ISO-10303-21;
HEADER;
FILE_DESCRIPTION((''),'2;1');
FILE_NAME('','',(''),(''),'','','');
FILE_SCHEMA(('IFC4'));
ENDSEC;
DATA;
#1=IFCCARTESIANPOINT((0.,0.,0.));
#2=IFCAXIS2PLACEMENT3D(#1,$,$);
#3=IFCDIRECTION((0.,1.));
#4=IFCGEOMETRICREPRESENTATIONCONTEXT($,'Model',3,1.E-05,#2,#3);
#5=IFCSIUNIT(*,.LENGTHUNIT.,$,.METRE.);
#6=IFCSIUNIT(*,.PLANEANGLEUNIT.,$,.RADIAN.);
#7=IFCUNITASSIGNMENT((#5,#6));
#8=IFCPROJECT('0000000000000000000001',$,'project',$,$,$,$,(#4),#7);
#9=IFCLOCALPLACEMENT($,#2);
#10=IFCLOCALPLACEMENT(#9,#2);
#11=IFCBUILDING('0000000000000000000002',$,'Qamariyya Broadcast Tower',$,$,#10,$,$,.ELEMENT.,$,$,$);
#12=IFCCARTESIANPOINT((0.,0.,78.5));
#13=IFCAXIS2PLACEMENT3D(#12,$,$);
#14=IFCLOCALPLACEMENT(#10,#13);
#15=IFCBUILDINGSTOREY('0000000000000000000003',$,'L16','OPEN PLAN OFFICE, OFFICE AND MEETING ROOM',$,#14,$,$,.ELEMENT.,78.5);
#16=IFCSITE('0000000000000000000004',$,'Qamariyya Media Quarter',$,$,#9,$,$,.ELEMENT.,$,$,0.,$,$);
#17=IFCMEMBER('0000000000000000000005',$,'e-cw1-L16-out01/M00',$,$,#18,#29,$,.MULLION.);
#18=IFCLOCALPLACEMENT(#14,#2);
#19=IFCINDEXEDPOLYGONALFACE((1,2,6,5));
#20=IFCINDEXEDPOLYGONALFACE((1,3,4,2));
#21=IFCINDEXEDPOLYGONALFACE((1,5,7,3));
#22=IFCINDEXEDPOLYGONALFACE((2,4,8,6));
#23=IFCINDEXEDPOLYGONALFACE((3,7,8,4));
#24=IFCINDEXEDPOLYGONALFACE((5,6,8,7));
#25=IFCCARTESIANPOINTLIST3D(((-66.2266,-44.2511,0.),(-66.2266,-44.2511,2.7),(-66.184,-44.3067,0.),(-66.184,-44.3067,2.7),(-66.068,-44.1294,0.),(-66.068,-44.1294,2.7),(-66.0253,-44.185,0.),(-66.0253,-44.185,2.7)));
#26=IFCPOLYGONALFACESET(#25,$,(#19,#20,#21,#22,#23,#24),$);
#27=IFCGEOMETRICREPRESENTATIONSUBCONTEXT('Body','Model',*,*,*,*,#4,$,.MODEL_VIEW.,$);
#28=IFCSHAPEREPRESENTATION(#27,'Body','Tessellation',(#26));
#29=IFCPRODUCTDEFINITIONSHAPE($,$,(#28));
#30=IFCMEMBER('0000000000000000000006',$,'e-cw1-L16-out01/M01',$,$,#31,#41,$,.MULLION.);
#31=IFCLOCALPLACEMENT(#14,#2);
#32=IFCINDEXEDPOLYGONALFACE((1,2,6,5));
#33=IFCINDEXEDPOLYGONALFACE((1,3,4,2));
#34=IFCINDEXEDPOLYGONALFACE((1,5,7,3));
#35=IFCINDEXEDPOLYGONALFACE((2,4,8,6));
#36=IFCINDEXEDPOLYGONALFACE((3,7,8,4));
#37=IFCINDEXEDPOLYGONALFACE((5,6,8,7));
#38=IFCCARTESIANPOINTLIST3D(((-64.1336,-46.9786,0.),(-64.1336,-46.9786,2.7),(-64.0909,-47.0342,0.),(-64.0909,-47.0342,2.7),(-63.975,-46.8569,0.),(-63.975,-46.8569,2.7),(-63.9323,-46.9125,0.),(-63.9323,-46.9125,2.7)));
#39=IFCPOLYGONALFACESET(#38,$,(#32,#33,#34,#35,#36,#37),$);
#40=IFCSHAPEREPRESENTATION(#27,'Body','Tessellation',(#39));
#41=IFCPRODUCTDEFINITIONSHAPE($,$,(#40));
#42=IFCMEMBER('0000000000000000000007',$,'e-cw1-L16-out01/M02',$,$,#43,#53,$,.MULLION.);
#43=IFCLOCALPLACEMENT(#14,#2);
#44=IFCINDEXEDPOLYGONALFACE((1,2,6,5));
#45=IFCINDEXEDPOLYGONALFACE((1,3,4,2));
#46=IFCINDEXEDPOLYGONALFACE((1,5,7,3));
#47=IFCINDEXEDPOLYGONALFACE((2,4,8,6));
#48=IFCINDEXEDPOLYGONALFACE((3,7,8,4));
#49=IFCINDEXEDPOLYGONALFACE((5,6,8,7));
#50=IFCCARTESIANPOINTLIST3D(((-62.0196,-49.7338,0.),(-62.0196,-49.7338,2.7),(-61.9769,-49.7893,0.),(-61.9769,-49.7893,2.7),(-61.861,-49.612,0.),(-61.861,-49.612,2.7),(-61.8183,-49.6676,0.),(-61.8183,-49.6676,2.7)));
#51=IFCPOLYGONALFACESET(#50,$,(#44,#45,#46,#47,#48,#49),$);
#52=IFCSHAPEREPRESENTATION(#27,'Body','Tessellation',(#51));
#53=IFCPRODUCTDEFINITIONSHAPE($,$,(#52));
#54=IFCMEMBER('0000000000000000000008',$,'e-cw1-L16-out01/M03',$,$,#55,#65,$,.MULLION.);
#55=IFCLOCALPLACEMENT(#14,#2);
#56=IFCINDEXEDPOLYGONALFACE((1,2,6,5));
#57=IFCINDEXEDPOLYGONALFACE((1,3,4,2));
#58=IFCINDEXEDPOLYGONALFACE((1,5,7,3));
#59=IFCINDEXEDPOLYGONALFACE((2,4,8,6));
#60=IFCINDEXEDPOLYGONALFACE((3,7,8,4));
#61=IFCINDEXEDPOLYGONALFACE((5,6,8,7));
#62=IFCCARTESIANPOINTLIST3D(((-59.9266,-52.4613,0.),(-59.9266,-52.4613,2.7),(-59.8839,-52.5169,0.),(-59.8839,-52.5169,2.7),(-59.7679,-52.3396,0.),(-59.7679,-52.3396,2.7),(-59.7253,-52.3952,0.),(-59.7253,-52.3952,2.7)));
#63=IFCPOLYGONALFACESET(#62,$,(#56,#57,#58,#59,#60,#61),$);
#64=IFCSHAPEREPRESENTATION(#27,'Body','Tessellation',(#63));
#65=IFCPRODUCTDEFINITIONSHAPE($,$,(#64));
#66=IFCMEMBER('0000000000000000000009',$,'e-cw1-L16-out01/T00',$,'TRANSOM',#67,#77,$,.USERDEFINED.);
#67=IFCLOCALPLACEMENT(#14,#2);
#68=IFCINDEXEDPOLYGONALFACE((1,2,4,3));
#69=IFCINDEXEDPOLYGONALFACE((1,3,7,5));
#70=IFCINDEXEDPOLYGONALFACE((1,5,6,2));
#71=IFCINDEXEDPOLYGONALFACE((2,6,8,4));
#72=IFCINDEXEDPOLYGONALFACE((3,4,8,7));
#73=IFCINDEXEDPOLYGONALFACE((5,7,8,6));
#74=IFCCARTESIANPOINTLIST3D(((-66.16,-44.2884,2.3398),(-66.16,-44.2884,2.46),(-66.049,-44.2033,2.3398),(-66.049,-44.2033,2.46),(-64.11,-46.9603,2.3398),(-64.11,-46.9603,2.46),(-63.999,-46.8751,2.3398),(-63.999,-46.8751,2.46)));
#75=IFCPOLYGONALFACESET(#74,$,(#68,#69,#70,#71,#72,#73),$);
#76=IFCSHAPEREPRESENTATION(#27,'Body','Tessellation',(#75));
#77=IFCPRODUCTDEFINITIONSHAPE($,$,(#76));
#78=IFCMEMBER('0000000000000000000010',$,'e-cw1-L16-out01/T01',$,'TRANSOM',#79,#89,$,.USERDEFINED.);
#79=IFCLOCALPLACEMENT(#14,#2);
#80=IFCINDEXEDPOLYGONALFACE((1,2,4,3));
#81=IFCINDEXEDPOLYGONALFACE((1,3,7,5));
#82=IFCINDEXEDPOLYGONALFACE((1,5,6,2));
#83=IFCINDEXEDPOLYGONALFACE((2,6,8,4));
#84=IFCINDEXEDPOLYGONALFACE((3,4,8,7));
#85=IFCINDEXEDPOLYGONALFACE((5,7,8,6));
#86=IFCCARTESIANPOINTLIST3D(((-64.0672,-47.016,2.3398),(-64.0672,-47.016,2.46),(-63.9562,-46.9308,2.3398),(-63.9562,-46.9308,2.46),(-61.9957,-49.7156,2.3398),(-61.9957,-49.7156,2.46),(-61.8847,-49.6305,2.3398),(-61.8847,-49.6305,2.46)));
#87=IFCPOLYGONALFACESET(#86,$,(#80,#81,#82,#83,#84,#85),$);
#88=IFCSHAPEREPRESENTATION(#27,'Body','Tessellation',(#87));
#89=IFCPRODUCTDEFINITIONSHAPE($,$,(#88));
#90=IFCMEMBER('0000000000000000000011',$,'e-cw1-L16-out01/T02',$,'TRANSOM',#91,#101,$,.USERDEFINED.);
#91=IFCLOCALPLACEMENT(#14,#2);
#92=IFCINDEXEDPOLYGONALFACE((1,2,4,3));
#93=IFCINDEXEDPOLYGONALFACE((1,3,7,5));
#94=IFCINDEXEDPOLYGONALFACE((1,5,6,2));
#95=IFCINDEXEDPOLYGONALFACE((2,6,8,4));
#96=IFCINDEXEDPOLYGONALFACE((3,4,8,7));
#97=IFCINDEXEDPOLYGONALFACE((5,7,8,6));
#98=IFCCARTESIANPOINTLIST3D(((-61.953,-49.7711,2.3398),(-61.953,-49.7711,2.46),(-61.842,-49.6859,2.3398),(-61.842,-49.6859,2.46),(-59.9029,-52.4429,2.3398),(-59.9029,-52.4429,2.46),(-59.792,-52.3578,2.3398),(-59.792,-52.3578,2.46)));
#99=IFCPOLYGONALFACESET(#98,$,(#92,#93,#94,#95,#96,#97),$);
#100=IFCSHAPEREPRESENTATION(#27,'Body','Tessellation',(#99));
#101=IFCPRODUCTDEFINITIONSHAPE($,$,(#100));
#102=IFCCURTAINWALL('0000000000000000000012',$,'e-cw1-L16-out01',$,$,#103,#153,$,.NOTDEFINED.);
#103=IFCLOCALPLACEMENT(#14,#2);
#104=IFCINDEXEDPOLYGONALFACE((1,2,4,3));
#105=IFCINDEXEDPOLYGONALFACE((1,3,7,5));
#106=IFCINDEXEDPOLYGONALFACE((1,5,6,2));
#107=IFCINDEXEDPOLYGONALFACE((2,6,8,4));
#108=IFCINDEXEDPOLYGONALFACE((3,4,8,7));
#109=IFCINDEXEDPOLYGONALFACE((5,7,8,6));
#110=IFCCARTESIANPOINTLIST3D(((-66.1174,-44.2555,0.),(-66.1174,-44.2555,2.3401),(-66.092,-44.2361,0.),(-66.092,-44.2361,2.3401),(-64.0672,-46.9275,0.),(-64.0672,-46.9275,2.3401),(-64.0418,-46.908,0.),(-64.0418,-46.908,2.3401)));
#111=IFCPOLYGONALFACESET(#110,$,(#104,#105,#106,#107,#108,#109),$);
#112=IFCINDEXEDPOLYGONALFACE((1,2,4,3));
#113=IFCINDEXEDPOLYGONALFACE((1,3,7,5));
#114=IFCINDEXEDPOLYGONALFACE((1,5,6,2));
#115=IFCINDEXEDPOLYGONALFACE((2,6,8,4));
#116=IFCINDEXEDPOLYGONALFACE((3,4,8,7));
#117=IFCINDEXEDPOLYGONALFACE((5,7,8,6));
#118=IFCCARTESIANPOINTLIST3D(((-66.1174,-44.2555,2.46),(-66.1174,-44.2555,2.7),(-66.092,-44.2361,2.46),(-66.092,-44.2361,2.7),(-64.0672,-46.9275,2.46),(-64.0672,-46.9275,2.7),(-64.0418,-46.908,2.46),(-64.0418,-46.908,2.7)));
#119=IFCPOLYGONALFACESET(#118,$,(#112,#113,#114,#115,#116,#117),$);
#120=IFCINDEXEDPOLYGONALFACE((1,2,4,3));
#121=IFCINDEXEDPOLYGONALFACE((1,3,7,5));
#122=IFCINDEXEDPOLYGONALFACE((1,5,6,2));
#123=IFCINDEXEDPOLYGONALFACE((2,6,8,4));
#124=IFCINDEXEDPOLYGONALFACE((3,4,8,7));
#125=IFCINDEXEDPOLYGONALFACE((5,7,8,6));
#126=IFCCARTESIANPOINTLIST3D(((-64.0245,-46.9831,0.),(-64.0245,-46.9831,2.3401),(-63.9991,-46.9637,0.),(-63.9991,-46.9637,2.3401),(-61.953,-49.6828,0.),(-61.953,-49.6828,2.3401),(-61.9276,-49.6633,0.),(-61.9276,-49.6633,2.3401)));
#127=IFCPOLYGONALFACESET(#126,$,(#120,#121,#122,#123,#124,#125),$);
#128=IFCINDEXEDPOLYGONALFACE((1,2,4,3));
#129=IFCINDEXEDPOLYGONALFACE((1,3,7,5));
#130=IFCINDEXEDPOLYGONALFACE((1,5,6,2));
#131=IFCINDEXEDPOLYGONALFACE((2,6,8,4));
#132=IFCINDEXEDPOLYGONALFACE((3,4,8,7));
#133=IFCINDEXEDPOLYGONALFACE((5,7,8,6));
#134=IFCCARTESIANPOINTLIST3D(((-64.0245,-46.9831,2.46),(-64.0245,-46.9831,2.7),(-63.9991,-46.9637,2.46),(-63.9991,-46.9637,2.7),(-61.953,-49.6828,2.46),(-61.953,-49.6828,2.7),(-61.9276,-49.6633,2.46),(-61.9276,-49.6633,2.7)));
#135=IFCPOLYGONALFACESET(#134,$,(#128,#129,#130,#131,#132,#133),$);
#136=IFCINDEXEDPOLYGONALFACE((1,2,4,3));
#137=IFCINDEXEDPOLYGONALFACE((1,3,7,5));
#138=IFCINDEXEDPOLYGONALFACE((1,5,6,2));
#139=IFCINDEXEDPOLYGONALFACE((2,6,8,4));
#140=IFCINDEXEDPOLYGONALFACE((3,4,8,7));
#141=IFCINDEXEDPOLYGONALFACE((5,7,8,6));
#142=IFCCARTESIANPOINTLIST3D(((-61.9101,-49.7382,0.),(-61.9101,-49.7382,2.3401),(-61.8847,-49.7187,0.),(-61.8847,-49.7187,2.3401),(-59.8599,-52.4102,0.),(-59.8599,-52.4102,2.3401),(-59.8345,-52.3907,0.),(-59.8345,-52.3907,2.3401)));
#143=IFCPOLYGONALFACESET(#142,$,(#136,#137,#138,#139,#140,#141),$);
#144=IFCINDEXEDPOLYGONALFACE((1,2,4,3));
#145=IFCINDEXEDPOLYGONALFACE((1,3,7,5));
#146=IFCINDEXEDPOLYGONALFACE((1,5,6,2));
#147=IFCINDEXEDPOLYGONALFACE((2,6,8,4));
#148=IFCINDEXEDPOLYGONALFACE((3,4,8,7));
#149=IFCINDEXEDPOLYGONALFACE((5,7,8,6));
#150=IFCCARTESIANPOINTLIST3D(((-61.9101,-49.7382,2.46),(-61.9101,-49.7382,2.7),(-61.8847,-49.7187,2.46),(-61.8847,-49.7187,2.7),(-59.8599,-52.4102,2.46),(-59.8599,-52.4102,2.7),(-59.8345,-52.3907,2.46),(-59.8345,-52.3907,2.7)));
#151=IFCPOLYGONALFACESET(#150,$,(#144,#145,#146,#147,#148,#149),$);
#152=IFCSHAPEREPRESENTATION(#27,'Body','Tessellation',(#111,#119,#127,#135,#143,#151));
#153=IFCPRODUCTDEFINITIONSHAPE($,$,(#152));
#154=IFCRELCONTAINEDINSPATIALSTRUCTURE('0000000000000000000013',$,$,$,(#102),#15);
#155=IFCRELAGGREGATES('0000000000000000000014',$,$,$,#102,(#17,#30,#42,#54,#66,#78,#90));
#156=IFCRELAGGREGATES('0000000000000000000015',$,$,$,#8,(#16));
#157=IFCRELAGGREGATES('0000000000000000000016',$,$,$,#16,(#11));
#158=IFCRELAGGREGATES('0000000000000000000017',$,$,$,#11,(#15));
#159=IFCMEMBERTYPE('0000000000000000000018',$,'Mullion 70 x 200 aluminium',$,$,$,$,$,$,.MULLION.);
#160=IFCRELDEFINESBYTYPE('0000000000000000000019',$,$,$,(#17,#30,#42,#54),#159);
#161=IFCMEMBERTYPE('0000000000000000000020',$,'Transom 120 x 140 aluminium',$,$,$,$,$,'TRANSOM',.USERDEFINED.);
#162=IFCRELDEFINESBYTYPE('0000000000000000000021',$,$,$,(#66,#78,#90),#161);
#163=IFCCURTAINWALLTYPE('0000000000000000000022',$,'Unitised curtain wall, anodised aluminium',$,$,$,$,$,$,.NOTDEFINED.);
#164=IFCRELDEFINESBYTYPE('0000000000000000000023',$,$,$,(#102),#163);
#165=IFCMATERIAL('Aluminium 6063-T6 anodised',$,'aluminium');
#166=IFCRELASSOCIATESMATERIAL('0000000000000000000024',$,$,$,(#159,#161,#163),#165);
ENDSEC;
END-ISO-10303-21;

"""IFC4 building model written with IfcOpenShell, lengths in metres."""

from ifc_helpers import new_model, si_unit, direction, frame, origin, origin_2d, place, context, subcontext, project, spatial, rectangle, extrude, material, material_profile, profile_set, type_object, element, aggregate, save


model = new_model("IFC4")

# Units and contexts
model_context = context("Model", 3, precision=1e-05, world=origin(), true_north=direction((0.0, 1.0)))
body_context = subcontext(model_context, "Body", "Model", "MODEL_VIEW")
ifc_project = project(units=[si_unit("LENGTHUNIT", "METRE"), si_unit("PLANEANGLEUNIT", "RADIAN")], contexts=[model_context])

# Members
ifc_material = material(Name="Aluminium 6063-T6 anodised", Category="aluminium")
ifc_material_profile_1 = material_profile(ifc_material, rectangle(XDim=0.2, YDim=0.0701, at=origin_2d()))
ifc_profile_set_1 = profile_set([ifc_material_profile_1], Name="Aluminium 6063-T6 anodised")
member_type_1 = type_object("IfcMemberType", Name="Mullion 70 x 200 aluminium", PredefinedType="MULLION", material=ifc_profile_set_1)
site_placement = place(None, origin())
building_placement = place(site_placement, origin())
storey_placement = place(building_placement, frame((0.0, 0.0, 78.5)))
member_1_placement = place(storey_placement, frame((-66.126, -44.218, 0.0), z_axis=(0.0, 0.0, 1.0), x_axis=(0.793353, 0.608761, 0.0)))
member_1 = element("IfcMember", 1, at=member_1_placement, type_object=member_type_1, Name="e-cw1-L16-out01/M00", PredefinedType="MULLION", context=body_context, shape_type="SweptSolid", body=[
    extrude(rectangle(XDim=0.2, YDim=0.0701, at=origin_2d()), origin(), (0.0, 0.0, 1.0), 2.7),
])
member_2_placement = place(storey_placement, frame((-64.033, -46.9456, 0.0), z_axis=(0.0, 0.0, 1.0), x_axis=(0.793353, 0.608761, 0.0)))
member_2 = element("IfcMember", 2, at=member_2_placement, type_object=member_type_1, Name="e-cw1-L16-out01/M01", PredefinedType="MULLION", context=body_context, shape_type="SweptSolid", body=[
    extrude(rectangle(XDim=0.2, YDim=0.0701, at=origin_2d()), origin(), (0.0, 0.0, 1.0), 2.7),
])
member_3_placement = place(storey_placement, frame((-61.9189, -49.7007, 0.0), z_axis=(0.0, 0.0, 1.0), x_axis=(0.793353, 0.608761, 0.0)))
member_3 = element("IfcMember", 3, at=member_3_placement, type_object=member_type_1, Name="e-cw1-L16-out01/M02", PredefinedType="MULLION", context=body_context, shape_type="SweptSolid", body=[
    extrude(rectangle(XDim=0.2, YDim=0.0701, at=origin_2d()), origin(), (0.0, 0.0, 1.0), 2.7),
])
member_4_placement = place(storey_placement, frame((-59.8259, -52.4282, 0.0), z_axis=(0.0, 0.0, 1.0), x_axis=(0.793353, 0.608761, 0.0)))
member_4 = element("IfcMember", 4, at=member_4_placement, type_object=member_type_1, Name="e-cw1-L16-out01/M03", PredefinedType="MULLION", context=body_context, shape_type="SweptSolid", body=[
    extrude(rectangle(XDim=0.2, YDim=0.0701, at=origin_2d()), origin(), (0.0, 0.0, 1.0), 2.7),
])
ifc_material_profile_2 = material_profile(ifc_material, rectangle(XDim=0.1399, YDim=0.1201, at=origin_2d()))
ifc_profile_set_2 = profile_set([ifc_material_profile_2], Name="Aluminium 6063-T6 anodised")
member_type_2 = type_object("IfcMemberType", Name="Transom 120 x 140 aluminium", ElementType="TRANSOM", PredefinedType="USERDEFINED", material=ifc_profile_set_2)
member_5_placement = place(storey_placement, frame((-66.1045, -44.2458, 2.3999), z_axis=(0.608733, -0.793375, 0.0), x_axis=(0.793375, 0.608733, 0.0)))
member_5 = element("IfcMember", 5, at=member_5_placement, type_object=member_type_2, Name="e-cw1-L16-out01/T00", ObjectType="TRANSOM", PredefinedType="USERDEFINED", context=body_context, shape_type="SweptSolid", body=[
    extrude(rectangle(XDim=0.1399, YDim=0.1201, at=origin_2d()), origin(), (0.0, 0.0, 1.0), 3.3677),
])
member_6_placement = place(storey_placement, frame((-64.0117, -46.9734, 2.3999), z_axis=(0.608757, -0.793357, 0.0), x_axis=(0.793357, 0.608757, 0.0)))
member_6 = element("IfcMember", 6, at=member_6_placement, type_object=member_type_2, Name="e-cw1-L16-out01/T01", ObjectType="TRANSOM", PredefinedType="USERDEFINED", context=body_context, shape_type="SweptSolid", body=[
    extrude(rectangle(XDim=0.1399, YDim=0.1201, at=origin_2d()), origin(), (0.0, 0.0, 1.0), 3.4028),
])
member_7_placement = place(storey_placement, frame((-61.8975, -49.7285, 2.3999), z_axis=(0.608733, -0.793375, 0.0), x_axis=(0.793375, 0.608733, 0.0)))
member_7 = element("IfcMember", 7, at=member_7_placement, type_object=member_type_2, Name="e-cw1-L16-out01/T02", ObjectType="TRANSOM", PredefinedType="USERDEFINED", context=body_context, shape_type="SweptSolid", body=[
    extrude(rectangle(XDim=0.1399, YDim=0.1201, at=origin_2d()), origin(), (0.0, 0.0, 1.0), 3.3677),
])

# Site, building, storey
site = spatial("IfcSite", under=ifc_project, at=site_placement, Name="Qamariyya Media Quarter", CompositionType="ELEMENT", RefElevation=0.0)
building = spatial("IfcBuilding", under=site, at=building_placement, Name="Qamariyya Broadcast Tower", CompositionType="ELEMENT")
storey = spatial("IfcBuildingStorey", under=building, at=storey_placement, Name="L16", Description="OPEN PLAN OFFICE, OFFICE AND MEETING ROOM", CompositionType="ELEMENT", Elevation=78.5)

# Curtain wall
curtain_wall_type = type_object("IfcCurtainWallType", Name="Unitised curtain wall, anodised aluminium", PredefinedType="NOTDEFINED", material=ifc_material)
curtain_wall_1_placement = place(storey_placement, origin())
curtain_wall_1 = element("IfcCurtainWall", 8, at=curtain_wall_1_placement, inside=storey, type_object=curtain_wall_type, Name="e-cw1-L16-out01", PredefinedType="NOTDEFINED", context=body_context, shape_type="SweptSolid", body=[
    extrude(rectangle(XDim=3.3679, YDim=0.032, at=origin_2d()), frame((-65.0796, -45.5818, 0.0), x_axis=(0.608756, -0.793358, 0.0)), (0.0, 0.0, 1.0), 2.3401),
    extrude(rectangle(XDim=3.3679, YDim=0.032, at=origin_2d()), frame((-65.0796, -45.5818, 2.46), x_axis=(0.608756, -0.793358, 0.0)), (0.0, 0.0, 1.0), 0.24),
    extrude(rectangle(XDim=3.4028, YDim=0.032, at=origin_2d()), frame((-62.9761, -48.3232, 0.0), x_axis=(0.608756, -0.793358, 0.0)), (0.0, 0.0, 1.0), 2.3401),
    extrude(rectangle(XDim=3.4028, YDim=0.032, at=origin_2d()), frame((-62.9761, -48.3232, 2.46), x_axis=(0.608756, -0.793358, 0.0)), (0.0, 0.0, 1.0), 0.24),
    extrude(rectangle(XDim=3.3679, YDim=0.032, at=origin_2d()), frame((-60.8723, -51.0645, 0.0), x_axis=(0.608756, -0.793358, 0.0)), (0.0, 0.0, 1.0), 2.3401),
    extrude(rectangle(XDim=3.3679, YDim=0.032, at=origin_2d()), frame((-60.8723, -51.0645, 2.46), x_axis=(0.608756, -0.793358, 0.0)), (0.0, 0.0, 1.0), 0.24),
])
aggregate(curtain_wall_1, [member_1, member_2, member_3, member_4, member_5, member_6, member_7])

save(model, "model.ifc")
